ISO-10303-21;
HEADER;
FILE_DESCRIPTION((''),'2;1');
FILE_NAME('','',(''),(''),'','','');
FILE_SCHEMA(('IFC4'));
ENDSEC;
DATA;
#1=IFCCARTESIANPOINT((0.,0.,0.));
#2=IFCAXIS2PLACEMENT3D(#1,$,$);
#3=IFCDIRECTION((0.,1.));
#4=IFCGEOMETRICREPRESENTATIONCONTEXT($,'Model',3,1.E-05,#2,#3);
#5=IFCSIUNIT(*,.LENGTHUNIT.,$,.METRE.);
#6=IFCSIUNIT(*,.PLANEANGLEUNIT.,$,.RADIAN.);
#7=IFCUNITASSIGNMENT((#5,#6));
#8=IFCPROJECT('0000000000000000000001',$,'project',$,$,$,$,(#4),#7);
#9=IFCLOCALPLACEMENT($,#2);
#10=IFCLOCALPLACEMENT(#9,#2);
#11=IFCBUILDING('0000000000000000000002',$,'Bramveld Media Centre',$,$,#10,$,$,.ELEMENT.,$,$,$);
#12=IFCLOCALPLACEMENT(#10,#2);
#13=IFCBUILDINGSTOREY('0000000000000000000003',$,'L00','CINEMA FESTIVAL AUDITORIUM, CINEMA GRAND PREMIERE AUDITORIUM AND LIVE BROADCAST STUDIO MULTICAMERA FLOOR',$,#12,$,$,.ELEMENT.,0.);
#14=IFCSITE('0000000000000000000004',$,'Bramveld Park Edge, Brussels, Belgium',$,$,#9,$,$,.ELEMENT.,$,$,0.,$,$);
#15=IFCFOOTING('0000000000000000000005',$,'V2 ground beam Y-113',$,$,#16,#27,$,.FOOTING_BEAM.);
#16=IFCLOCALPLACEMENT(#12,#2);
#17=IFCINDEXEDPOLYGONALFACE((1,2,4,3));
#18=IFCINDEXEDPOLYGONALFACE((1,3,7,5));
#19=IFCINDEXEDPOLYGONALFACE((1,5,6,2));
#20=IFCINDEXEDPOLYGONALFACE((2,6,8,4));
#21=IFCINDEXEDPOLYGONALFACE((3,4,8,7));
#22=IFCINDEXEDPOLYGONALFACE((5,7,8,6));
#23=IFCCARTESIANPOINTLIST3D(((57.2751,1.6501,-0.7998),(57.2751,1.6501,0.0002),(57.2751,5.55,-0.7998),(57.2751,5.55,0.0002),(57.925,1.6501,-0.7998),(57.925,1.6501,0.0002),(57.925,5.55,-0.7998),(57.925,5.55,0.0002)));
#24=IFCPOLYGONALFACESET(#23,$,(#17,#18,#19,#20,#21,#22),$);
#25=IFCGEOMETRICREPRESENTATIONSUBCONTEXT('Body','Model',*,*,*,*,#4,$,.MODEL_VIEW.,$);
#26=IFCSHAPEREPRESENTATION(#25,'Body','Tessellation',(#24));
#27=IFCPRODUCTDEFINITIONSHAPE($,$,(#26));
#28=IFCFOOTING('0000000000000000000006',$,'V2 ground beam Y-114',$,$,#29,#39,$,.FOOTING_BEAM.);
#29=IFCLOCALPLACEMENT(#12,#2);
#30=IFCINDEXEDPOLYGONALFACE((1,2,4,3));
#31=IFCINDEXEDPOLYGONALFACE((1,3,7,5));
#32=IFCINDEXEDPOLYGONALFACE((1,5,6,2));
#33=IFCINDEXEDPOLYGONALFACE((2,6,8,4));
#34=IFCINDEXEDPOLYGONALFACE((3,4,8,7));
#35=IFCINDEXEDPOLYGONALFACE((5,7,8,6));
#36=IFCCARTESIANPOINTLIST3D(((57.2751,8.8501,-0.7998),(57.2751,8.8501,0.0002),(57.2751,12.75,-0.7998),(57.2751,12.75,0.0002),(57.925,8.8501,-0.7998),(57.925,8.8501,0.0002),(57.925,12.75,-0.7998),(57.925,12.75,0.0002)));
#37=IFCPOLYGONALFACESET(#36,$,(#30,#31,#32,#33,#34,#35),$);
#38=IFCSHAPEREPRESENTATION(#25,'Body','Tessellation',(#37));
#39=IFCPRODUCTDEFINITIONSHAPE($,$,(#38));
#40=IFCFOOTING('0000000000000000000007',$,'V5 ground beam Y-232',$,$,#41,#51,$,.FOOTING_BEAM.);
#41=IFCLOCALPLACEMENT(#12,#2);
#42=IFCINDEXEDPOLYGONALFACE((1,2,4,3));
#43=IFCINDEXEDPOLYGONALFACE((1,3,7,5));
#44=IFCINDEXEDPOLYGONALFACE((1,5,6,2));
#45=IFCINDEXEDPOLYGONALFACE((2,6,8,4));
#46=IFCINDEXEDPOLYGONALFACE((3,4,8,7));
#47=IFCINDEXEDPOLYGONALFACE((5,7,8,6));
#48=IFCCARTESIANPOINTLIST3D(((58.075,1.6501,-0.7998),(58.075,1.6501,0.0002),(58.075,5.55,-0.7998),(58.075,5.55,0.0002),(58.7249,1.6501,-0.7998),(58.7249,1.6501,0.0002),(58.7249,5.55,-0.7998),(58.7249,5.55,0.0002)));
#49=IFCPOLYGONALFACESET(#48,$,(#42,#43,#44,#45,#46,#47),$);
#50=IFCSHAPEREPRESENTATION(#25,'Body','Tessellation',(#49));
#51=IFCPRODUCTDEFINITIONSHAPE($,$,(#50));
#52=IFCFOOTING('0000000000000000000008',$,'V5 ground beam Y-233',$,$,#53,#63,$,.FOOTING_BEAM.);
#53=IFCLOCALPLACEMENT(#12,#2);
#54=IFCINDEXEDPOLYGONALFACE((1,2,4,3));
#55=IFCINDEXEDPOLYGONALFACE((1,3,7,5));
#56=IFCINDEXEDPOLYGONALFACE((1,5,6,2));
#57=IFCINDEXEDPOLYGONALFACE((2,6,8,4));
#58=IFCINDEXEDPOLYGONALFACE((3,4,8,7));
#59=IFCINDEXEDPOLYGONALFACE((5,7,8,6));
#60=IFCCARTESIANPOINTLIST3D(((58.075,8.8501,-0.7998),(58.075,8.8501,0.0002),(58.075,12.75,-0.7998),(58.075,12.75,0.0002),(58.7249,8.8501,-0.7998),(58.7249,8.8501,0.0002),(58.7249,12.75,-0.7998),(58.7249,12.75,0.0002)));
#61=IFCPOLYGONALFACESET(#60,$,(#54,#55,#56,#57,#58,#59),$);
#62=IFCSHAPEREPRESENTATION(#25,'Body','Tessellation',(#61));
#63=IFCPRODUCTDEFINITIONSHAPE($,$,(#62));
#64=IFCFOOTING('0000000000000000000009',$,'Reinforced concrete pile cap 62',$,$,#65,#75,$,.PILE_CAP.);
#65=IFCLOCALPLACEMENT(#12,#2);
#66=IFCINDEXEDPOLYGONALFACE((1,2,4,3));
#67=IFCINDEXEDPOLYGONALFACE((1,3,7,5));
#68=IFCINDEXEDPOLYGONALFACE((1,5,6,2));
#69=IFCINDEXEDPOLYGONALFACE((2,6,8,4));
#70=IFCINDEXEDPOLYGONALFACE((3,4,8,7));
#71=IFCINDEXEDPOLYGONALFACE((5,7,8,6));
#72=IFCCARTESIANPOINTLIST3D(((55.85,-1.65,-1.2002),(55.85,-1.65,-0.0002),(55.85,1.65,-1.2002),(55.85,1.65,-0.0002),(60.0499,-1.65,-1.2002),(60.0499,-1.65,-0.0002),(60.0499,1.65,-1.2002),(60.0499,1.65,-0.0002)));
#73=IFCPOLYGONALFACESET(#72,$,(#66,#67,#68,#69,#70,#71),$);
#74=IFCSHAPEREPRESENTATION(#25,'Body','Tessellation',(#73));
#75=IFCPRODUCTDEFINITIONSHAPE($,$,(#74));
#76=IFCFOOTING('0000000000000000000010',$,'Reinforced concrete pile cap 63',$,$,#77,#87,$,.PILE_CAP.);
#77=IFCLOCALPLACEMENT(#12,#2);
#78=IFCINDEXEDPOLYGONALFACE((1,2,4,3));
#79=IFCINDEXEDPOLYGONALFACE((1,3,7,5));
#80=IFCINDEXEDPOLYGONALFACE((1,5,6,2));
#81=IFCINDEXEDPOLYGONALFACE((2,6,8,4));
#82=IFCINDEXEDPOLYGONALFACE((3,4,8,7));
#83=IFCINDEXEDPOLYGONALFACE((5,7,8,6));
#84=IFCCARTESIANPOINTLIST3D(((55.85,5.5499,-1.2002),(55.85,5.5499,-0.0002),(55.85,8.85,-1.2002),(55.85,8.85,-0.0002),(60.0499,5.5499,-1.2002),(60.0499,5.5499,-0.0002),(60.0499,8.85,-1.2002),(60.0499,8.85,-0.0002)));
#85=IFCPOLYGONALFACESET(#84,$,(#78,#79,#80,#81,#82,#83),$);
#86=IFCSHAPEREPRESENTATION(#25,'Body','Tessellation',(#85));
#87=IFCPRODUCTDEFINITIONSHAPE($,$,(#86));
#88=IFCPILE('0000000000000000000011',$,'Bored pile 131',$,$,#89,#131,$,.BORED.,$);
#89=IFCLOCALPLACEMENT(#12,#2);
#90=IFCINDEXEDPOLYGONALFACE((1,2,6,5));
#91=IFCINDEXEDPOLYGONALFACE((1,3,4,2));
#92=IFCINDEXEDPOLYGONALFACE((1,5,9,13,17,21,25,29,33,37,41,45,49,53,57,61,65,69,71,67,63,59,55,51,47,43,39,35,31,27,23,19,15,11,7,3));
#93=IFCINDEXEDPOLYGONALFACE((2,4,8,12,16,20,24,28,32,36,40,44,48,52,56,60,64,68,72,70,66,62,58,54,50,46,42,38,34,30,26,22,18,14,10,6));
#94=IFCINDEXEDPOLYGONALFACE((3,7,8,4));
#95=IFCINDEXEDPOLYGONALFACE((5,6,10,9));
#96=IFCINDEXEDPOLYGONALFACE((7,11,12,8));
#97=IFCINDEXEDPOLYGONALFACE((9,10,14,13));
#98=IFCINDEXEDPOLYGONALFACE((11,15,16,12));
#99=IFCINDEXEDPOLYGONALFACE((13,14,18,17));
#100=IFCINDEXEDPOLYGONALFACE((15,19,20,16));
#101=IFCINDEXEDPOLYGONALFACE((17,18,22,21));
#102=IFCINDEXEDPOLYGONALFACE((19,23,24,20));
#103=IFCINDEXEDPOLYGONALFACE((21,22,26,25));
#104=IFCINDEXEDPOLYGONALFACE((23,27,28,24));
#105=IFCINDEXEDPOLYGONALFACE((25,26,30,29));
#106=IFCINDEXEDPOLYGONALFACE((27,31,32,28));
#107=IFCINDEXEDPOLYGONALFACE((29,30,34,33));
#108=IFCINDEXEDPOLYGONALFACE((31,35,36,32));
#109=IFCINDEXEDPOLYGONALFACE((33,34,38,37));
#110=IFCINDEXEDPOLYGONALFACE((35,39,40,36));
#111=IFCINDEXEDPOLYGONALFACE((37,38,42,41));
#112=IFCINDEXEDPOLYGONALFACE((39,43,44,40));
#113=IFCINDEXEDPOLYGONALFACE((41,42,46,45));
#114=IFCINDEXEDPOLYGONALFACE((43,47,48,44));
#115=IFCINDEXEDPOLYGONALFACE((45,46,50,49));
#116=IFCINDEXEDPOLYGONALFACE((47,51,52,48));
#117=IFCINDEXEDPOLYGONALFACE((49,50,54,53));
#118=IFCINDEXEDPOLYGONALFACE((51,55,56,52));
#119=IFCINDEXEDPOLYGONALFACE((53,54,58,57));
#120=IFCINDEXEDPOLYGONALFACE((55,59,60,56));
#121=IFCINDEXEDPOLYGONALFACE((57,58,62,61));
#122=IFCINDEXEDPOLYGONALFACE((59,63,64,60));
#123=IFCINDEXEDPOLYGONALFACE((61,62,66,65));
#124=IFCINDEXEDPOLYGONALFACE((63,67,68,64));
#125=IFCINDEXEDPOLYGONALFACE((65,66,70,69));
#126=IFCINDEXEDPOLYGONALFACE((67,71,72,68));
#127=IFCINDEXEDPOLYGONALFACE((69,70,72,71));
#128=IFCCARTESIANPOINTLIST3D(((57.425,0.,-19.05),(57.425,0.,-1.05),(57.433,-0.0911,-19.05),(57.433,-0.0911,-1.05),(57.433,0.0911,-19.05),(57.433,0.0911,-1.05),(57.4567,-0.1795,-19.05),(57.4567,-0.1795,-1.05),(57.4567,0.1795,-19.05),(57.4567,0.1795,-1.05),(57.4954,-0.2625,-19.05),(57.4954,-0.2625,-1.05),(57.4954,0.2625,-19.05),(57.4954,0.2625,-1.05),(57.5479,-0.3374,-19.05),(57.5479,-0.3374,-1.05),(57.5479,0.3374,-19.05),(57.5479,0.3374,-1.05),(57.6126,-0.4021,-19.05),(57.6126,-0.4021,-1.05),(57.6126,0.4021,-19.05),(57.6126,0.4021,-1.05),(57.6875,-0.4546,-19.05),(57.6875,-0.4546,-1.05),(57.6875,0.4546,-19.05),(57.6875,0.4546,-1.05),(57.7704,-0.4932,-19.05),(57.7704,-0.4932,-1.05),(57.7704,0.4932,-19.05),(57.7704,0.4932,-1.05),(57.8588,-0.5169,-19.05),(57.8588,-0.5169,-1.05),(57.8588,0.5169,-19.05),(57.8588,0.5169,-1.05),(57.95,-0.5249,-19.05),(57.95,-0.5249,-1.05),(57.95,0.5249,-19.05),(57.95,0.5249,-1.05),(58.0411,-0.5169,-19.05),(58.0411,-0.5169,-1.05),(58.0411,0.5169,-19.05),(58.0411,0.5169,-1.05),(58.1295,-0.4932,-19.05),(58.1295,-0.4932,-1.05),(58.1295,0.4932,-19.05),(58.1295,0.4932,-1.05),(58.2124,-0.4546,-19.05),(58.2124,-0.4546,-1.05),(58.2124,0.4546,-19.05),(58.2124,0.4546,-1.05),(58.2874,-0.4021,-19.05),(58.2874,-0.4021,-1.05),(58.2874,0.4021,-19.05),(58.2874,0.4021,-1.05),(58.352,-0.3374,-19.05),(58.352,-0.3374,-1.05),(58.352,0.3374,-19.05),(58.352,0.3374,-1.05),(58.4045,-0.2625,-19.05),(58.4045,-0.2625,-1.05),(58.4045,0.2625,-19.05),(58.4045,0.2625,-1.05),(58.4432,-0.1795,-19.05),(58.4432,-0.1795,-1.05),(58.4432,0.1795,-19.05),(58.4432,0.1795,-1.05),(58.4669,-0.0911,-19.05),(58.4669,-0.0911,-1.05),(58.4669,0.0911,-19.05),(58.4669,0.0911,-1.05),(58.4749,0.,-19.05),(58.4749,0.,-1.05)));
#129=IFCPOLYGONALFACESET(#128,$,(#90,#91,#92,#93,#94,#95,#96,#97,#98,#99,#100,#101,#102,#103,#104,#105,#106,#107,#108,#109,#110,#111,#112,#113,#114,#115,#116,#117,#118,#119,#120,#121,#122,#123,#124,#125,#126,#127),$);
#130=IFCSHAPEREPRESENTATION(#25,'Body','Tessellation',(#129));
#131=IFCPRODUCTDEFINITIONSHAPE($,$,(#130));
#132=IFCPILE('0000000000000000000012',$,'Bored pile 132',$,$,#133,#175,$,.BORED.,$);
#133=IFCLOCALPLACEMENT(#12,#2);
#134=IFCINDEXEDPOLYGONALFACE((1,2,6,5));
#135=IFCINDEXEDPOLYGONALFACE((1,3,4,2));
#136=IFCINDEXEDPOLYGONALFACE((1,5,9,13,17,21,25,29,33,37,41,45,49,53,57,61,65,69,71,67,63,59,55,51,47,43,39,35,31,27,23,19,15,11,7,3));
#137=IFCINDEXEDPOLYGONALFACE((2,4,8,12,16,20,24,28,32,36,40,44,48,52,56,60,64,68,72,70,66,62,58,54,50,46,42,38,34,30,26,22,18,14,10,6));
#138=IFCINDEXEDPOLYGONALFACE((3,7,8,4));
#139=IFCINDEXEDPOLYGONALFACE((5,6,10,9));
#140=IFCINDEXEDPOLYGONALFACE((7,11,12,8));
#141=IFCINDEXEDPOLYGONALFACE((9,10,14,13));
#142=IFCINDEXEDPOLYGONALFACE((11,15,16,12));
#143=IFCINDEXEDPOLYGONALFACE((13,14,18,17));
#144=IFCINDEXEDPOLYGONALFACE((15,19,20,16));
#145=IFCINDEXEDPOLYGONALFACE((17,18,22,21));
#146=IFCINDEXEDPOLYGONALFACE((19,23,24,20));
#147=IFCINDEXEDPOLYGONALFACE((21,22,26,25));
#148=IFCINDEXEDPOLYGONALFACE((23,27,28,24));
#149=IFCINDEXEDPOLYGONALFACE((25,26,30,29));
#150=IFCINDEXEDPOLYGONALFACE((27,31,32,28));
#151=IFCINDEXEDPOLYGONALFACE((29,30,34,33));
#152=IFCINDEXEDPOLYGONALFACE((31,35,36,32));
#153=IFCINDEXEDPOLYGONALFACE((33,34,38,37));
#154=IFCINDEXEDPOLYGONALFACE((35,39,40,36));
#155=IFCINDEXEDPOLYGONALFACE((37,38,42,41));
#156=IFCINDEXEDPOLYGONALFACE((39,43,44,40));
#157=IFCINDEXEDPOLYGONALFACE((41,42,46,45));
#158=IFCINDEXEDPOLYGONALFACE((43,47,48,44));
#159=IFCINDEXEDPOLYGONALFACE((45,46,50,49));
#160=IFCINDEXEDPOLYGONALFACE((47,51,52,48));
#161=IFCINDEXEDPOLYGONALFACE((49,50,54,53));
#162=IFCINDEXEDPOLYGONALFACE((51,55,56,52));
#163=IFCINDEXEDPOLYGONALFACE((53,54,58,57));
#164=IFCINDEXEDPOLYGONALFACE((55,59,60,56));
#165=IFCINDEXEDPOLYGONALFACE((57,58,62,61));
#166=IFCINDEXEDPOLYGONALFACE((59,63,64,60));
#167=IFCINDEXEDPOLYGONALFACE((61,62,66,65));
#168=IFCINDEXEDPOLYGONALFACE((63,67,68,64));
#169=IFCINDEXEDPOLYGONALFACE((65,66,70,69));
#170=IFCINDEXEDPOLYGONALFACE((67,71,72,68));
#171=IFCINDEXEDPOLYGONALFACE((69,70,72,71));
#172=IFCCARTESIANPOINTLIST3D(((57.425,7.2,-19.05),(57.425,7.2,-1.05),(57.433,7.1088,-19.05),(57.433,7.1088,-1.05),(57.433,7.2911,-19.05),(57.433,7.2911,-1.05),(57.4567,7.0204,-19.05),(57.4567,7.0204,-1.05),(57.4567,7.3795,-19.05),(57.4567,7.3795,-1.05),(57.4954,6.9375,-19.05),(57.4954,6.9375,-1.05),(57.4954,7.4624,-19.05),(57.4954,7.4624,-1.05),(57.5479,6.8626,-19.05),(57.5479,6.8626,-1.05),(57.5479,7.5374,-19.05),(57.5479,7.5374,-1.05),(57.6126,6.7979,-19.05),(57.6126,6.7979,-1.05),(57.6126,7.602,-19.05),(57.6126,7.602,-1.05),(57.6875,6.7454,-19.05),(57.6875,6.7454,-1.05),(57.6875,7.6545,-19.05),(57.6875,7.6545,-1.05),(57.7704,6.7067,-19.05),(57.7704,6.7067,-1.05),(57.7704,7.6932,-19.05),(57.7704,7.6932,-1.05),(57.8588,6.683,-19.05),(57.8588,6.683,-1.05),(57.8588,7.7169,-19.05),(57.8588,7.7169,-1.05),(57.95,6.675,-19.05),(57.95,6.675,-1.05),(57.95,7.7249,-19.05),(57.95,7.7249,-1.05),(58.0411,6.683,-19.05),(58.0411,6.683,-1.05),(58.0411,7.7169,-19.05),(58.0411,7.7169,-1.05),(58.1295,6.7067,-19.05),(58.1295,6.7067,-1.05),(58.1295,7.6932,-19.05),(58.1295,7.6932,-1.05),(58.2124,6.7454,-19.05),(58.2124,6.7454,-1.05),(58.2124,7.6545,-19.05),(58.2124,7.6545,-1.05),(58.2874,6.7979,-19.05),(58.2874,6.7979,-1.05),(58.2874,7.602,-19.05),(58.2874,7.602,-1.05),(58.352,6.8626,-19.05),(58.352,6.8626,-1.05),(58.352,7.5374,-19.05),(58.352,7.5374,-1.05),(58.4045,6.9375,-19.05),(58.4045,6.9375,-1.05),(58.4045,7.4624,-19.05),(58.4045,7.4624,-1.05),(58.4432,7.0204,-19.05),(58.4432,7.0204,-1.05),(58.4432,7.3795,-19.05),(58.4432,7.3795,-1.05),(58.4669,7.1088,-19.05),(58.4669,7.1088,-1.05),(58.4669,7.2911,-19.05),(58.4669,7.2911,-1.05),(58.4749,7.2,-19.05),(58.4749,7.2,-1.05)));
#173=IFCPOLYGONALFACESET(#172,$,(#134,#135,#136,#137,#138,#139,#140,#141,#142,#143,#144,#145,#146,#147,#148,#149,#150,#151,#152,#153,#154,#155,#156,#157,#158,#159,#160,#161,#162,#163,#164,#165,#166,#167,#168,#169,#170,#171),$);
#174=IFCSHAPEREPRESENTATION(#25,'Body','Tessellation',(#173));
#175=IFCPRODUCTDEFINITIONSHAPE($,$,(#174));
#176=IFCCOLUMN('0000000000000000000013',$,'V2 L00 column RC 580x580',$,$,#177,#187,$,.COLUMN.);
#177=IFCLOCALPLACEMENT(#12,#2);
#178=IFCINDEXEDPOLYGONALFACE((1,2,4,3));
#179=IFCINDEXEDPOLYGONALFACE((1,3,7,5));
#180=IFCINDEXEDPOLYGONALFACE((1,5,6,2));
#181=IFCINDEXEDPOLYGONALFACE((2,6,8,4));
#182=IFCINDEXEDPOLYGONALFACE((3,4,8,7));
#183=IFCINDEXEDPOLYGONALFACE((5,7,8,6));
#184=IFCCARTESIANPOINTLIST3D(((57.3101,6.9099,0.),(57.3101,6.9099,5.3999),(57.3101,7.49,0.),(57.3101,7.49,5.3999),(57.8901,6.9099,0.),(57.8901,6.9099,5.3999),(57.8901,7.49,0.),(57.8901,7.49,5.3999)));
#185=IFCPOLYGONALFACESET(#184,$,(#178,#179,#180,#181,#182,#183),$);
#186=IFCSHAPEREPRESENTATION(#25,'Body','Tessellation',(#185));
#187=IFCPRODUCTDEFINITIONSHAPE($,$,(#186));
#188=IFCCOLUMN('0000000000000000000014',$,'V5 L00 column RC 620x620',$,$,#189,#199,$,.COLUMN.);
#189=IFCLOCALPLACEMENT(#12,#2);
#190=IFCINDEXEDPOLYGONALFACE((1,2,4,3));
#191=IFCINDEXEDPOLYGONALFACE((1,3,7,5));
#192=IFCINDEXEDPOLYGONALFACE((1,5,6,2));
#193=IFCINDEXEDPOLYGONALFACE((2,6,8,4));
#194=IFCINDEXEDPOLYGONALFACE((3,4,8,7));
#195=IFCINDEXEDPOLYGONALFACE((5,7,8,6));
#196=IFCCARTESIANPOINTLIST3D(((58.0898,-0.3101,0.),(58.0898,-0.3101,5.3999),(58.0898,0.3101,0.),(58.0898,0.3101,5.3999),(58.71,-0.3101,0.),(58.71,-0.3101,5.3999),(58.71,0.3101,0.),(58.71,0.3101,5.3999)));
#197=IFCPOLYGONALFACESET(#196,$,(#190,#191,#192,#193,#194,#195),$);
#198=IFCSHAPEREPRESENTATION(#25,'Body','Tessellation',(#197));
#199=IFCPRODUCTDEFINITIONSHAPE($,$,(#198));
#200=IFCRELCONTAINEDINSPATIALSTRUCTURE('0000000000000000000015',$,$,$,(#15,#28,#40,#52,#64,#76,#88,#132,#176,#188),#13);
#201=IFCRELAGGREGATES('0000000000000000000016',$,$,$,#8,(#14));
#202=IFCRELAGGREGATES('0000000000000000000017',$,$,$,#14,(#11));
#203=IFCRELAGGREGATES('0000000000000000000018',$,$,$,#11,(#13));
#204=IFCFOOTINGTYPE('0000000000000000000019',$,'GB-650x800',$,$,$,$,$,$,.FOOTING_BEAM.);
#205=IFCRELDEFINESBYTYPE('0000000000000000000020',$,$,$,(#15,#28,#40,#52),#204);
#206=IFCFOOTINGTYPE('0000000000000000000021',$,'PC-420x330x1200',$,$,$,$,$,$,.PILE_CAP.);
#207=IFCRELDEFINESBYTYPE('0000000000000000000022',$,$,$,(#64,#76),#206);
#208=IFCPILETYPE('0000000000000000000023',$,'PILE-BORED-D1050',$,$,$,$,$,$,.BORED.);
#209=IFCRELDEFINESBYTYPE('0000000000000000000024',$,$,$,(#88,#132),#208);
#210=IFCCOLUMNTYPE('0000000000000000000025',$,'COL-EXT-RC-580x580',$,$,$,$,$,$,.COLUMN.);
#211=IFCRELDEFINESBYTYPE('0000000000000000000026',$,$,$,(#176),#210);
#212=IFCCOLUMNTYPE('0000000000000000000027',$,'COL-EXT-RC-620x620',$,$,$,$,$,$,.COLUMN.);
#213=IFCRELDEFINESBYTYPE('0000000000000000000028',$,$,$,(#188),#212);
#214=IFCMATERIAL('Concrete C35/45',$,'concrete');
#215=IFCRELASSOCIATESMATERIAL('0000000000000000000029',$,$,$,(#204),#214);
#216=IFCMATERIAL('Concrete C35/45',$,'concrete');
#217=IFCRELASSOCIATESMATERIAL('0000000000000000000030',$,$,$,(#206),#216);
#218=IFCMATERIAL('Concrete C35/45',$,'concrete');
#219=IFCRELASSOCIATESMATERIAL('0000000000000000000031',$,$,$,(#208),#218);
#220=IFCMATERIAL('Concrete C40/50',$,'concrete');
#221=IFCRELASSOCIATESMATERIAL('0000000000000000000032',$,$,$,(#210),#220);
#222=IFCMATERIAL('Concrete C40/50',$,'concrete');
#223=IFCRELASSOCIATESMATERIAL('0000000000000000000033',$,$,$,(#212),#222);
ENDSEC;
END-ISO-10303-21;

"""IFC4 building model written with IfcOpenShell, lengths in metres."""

from ifc_helpers import new_model, si_unit, direction, frame, origin, origin_2d, place, context, subcontext, project, spatial, rectangle, circle, extrude, material, material_profile, profile_set, type_object, element, save


model = new_model("IFC4")

# Units and contexts
model_context = context("Model", 3, precision=1e-05, world=origin(), true_north=direction((0.0, 1.0)))
body_context = subcontext(model_context, "Body", "Model", "MODEL_VIEW")
ifc_project = project(units=[si_unit("LENGTHUNIT", "METRE"), si_unit("PLANEANGLEUNIT", "RADIAN")], contexts=[model_context])

# Site, building, storey
site_placement = place(None, origin())
site = spatial("IfcSite", under=ifc_project, at=site_placement, Name="Bramveld Park Edge, Brussels, Belgium", CompositionType="ELEMENT", RefElevation=0.0)
building_placement = place(site_placement, origin())
building = spatial("IfcBuilding", under=site, at=building_placement, Name="Bramveld Media Centre", CompositionType="ELEMENT")
storey_placement = place(building_placement, origin())
storey = spatial("IfcBuildingStorey", under=building, at=storey_placement, Name="L00", Description="CINEMA FESTIVAL AUDITORIUM, CINEMA GRAND PREMIERE AUDITORIUM AND LIVE BROADCAST STUDIO MULTICAMERA FLOOR", CompositionType="ELEMENT", Elevation=0.0)

# Footings
ifc_material_1 = material(Name="Concrete C35/45", Category="concrete")
footing_type_1 = type_object("IfcFootingType", Name="GB-650x800", PredefinedType="FOOTING_BEAM", material=ifc_material_1)
for number, where, z_axis, x_axis, name in (
    (1, (57.6001, 3.6001, -0.7998), (0.0, 0.0, 1.0), (1.0, 0.0, 0.0), "V2 ground beam Y-113"),
    (2, (57.6001, 10.8, -0.7998), (0.0, 0.0, 1.0), (1.0, 0.0, 0.0), "V2 ground beam Y-114"),
    (3, (58.3999, 3.6001, -0.7998), (0.0, 0.0, 1.0), (1.0, 0.0, 0.0), "V5 ground beam Y-232"),
    (4, (58.3999, 10.8, -0.7998), (0.0, 0.0, 1.0), (1.0, 0.0, 0.0), "V5 ground beam Y-233"),
):
    element("IfcFooting", number, at=place(storey_placement, frame(where, z_axis=z_axis, x_axis=x_axis)), inside=storey, type_object=footing_type_1, Name=name, PredefinedType="FOOTING_BEAM", context=body_context, shape_type="SweptSolid", body=[
        extrude(rectangle(XDim=0.6499, YDim=3.8999, at=origin_2d()), origin(), (0.0, 0.0, 1.0), 0.8),
    ])
ifc_material_2 = material(Name="Concrete C35/45", Category="concrete")
footing_type_2 = type_object("IfcFootingType", Name="PC-420x330x1200", PredefinedType="PILE_CAP", material=ifc_material_2)
for number, where, z_axis, x_axis, name in (
    (5, (57.95, 0.0, -1.2002), (0.0, 0.0, 1.0), (1.0, 0.0, 0.0), "Reinforced concrete pile cap 62"),
    (6, (57.95, 7.2, -1.2002), (0.0, 0.0, 1.0), (1.0, 0.0, 0.0), "Reinforced concrete pile cap 63"),
):
    element("IfcFooting", number, at=place(storey_placement, frame(where, z_axis=z_axis, x_axis=x_axis)), inside=storey, type_object=footing_type_2, Name=name, PredefinedType="PILE_CAP", context=body_context, shape_type="SweptSolid", body=[
        extrude(rectangle(XDim=4.2, YDim=3.3, at=origin_2d()), origin(), (0.0, 0.0, 1.0), 1.2),
    ])

# Piles
ifc_material_3 = material(Name="Concrete C35/45", Category="concrete")
ifc_material_profile_1 = material_profile(ifc_material_3, circle(Radius=0.5249, at=origin_2d()), Name="BORED D1050")
ifc_profile_set_1 = profile_set([ifc_material_profile_1], Name="Concrete C35/45")
pile_type = type_object("IfcPileType", Name="PILE-BORED-D1050", PredefinedType="BORED", material=ifc_profile_set_1)
for number, where, z_axis, x_axis, name in (
    (7, (57.95, 0.0, -1.05), (0.0, 0.0, -1.0), (1.0, 0.0, 0.0), "Bored pile 131"),
    (8, (57.95, 7.2, -1.05), (0.0, 0.0, -1.0), (1.0, 0.0, 0.0), "Bored pile 132"),
):
    element("IfcPile", number, at=place(storey_placement, frame(where, z_axis=z_axis, x_axis=x_axis)), inside=storey, type_object=pile_type, Name=name, PredefinedType="BORED", context=body_context, shape_type="SweptSolid", body=[
        extrude(circle(Radius=0.5249, at=origin_2d()), origin(), (0.0, 0.0, 1.0), 18.0),
    ])

# Columns
ifc_material_4 = material(Name="Concrete C40/50", Category="concrete")
ifc_material_profile_2 = material_profile(ifc_material_4, rectangle(XDim=0.5801, YDim=0.5801, at=origin_2d()), Name="RC 580x580")
ifc_profile_set_2 = profile_set([ifc_material_profile_2], Name="Concrete C40/50")
column_type_1 = type_object("IfcColumnType", Name="COL-EXT-RC-580x580", PredefinedType="COLUMN", material=ifc_profile_set_2)
column_placement = place(storey_placement, frame((57.6001, 7.2, 0.0), z_axis=(0.0, 0.0, 1.0), x_axis=(1.0, 0.0, 0.0)))
element("IfcColumn", 9, at=column_placement, inside=storey, type_object=column_type_1, Name="V2 L00 column RC 580x580", PredefinedType="COLUMN", context=body_context, shape_type="SweptSolid", body=[
    extrude(rectangle(XDim=0.5801, YDim=0.5801, at=origin_2d()), origin(), (0.0, 0.0, 1.0), 5.3999),
])
ifc_material_5 = material(Name="Concrete C40/50", Category="concrete")
ifc_material_profile_3 = material_profile(ifc_material_5, rectangle(XDim=0.6201, YDim=0.6201, at=origin_2d()), Name="RC 620x620")
ifc_profile_set_3 = profile_set([ifc_material_profile_3], Name="Concrete C40/50")
column_type_2 = type_object("IfcColumnType", Name="COL-EXT-RC-620x620", PredefinedType="COLUMN", material=ifc_profile_set_3)
for number, where, z_axis, x_axis, name in (
    (10, (58.3999, 0.0, 0.0), (0.0, 0.0, 1.0), (1.0, 0.0, 0.0), "V5 L00 column RC 620x620"),
):
    element("IfcColumn", number, at=place(storey_placement, frame(where, z_axis=z_axis, x_axis=x_axis)), inside=storey, type_object=column_type_2, Name=name, PredefinedType="COLUMN", context=body_context, shape_type="SweptSolid", body=[
        extrude(rectangle(XDim=0.6201, YDim=0.6201, at=origin_2d()), origin(), (0.0, 0.0, 1.0), 5.3999),
    ])

save(model, "model.ifc")
